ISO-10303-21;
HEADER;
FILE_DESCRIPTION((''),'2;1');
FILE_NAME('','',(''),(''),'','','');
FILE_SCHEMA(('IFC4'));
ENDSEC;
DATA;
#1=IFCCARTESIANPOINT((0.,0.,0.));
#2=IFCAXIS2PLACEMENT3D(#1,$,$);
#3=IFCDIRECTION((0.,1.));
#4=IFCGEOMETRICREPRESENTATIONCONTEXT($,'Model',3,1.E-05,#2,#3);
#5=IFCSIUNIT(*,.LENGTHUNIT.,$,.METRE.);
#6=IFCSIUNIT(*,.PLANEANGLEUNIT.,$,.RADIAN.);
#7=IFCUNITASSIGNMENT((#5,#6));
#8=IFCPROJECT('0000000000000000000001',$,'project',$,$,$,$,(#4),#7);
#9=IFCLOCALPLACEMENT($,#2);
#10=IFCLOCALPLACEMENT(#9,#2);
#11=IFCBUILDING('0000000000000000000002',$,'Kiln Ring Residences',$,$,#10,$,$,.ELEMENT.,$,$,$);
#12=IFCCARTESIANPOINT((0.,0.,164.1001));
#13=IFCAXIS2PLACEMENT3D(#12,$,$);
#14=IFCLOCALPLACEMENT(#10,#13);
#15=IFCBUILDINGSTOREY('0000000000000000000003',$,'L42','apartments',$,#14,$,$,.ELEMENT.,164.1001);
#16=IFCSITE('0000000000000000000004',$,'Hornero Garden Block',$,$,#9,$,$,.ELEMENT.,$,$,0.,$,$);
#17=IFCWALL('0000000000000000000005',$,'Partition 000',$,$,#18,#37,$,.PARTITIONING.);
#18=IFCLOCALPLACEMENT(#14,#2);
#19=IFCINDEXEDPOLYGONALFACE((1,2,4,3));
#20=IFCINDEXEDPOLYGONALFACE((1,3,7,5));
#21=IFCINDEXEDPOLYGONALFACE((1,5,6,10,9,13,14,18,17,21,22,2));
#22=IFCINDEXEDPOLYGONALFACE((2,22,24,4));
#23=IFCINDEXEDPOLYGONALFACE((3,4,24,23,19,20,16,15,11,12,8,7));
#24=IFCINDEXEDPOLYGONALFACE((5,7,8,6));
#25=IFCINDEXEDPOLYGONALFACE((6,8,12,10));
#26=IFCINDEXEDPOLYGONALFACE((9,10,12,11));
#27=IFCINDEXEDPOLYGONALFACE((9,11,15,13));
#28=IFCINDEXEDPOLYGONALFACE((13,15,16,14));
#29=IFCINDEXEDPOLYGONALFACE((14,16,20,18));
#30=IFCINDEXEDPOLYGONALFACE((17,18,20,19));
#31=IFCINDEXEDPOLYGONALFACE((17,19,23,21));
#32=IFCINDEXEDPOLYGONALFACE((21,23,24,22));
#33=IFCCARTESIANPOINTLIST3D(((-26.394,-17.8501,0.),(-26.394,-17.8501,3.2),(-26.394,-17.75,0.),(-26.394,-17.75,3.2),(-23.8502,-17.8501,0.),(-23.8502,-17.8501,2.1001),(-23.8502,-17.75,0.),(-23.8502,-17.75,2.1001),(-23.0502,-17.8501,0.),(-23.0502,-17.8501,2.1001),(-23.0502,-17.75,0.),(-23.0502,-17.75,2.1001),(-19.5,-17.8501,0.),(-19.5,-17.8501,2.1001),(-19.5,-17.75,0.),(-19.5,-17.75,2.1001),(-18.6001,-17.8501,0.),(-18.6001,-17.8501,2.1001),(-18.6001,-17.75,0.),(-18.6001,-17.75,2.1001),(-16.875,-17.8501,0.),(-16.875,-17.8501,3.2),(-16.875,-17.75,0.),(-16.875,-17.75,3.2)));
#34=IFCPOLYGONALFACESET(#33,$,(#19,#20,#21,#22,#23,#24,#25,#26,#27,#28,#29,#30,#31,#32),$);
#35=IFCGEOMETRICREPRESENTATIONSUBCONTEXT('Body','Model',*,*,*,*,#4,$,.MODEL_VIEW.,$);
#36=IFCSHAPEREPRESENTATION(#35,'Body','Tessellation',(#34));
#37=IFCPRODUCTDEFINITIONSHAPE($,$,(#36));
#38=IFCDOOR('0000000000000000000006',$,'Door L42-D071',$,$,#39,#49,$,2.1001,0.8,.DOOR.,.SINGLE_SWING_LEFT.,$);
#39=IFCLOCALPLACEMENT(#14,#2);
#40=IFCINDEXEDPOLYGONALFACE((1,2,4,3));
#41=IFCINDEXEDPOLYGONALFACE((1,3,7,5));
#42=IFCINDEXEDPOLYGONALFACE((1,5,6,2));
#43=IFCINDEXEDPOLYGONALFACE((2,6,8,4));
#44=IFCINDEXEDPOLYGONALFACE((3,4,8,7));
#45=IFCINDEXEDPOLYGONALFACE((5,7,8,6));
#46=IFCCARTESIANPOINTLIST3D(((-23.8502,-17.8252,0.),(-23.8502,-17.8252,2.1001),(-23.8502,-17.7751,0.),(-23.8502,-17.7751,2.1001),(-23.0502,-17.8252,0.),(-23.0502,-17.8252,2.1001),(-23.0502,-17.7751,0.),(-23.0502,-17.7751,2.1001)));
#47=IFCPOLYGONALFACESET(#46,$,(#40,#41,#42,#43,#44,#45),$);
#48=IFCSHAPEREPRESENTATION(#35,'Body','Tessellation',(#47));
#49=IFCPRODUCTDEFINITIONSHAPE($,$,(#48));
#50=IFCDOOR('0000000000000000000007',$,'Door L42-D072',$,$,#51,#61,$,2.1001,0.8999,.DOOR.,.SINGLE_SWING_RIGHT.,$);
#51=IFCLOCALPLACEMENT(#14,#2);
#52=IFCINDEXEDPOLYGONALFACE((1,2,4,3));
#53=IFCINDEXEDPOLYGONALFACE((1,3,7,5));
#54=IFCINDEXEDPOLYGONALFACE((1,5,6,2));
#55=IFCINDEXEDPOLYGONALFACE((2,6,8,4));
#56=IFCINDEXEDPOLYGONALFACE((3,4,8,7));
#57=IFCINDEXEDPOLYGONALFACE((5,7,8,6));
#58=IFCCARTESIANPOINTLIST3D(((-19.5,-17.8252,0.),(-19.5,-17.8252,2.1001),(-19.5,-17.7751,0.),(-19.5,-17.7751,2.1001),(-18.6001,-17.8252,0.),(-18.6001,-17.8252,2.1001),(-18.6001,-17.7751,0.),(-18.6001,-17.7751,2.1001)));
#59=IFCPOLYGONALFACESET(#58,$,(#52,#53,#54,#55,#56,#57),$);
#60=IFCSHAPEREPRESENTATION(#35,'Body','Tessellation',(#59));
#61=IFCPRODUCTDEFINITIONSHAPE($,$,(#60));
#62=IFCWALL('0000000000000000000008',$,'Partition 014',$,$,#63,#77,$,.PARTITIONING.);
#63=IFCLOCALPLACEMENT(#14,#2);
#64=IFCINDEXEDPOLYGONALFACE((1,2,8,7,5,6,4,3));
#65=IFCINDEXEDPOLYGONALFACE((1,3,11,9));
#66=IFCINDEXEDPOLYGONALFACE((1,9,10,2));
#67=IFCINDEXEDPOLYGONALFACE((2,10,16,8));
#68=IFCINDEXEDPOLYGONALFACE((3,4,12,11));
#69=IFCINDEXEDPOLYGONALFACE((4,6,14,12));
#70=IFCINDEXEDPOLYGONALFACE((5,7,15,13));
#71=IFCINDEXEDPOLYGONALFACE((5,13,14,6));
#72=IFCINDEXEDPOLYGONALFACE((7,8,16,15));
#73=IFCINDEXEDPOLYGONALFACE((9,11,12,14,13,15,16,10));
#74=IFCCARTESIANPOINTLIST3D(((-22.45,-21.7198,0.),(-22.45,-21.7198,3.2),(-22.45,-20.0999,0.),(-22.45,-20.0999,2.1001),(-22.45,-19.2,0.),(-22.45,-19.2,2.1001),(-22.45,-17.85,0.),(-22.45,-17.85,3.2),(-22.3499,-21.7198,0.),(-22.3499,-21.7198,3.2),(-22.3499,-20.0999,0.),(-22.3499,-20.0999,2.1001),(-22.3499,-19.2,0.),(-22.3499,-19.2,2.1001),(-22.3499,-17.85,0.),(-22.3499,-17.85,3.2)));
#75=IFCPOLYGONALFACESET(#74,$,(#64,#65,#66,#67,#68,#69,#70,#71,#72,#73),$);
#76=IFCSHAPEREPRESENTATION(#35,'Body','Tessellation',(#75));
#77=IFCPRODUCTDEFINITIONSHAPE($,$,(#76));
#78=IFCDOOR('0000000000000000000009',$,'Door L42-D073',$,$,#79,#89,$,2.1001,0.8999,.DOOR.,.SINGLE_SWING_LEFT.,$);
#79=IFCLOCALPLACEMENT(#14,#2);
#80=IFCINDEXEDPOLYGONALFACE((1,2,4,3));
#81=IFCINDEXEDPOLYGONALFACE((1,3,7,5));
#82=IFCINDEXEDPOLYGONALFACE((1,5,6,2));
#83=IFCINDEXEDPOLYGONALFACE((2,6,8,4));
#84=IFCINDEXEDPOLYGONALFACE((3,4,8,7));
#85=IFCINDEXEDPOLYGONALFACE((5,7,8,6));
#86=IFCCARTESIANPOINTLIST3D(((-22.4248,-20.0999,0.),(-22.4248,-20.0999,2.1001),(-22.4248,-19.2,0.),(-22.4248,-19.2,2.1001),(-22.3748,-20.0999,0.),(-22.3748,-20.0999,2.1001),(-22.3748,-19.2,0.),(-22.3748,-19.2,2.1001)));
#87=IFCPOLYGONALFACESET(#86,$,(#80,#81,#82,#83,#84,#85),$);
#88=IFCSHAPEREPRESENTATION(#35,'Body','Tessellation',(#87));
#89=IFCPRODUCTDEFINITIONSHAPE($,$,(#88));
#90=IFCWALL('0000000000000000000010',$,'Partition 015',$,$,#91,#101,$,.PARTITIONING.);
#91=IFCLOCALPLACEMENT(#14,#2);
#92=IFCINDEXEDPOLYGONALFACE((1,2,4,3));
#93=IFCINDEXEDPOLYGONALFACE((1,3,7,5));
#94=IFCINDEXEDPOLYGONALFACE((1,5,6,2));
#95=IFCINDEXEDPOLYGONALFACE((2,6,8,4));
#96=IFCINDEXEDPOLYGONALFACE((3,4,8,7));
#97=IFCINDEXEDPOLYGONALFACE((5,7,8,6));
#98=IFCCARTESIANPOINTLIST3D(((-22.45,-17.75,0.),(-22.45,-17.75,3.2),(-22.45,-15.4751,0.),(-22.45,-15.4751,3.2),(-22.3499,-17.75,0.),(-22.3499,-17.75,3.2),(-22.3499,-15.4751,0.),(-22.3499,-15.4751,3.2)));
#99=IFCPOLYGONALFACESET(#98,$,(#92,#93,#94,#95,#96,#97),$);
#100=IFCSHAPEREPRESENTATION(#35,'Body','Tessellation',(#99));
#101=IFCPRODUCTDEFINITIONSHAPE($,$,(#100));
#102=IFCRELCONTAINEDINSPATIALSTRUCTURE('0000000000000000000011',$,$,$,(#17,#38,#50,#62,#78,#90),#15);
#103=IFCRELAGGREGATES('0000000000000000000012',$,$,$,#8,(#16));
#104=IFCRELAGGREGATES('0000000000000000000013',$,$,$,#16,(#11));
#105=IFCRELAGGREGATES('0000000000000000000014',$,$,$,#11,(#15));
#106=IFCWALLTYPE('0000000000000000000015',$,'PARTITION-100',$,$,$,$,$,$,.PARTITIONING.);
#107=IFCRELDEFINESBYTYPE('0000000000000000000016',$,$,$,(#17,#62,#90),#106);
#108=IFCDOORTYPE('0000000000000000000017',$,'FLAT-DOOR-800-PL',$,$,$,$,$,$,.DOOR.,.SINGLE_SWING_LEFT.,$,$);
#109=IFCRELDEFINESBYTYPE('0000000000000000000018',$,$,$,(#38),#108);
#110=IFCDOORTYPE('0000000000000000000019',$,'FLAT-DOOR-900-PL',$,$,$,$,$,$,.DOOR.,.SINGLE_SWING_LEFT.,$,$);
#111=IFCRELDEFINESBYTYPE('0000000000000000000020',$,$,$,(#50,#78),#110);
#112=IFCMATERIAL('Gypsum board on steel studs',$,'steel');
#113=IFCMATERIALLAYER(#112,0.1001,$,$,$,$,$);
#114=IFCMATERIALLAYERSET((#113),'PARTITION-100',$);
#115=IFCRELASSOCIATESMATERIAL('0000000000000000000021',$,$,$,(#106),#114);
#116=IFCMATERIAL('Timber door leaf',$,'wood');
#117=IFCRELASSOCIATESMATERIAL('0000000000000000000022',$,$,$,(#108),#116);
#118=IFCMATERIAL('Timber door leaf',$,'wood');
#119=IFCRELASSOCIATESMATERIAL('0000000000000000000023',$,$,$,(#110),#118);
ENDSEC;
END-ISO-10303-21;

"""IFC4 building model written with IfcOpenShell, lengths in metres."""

from ifc_helpers import new_model, si_unit, direction, frame, frame_2d, origin, place, context, subcontext, project, spatial, rectangle, extrude, material, layer, layer_set, type_object, element, fill, save


model = new_model("IFC4")

# Units and contexts
model_context = context("Model", 3, precision=1e-05, world=origin(), true_north=direction((0.0, 1.0)))
body_context = subcontext(model_context, "Body", "Model", "MODEL_VIEW")
ifc_project = project(units=[si_unit("LENGTHUNIT", "METRE"), si_unit("PLANEANGLEUNIT", "RADIAN")], contexts=[model_context])

# Site, building, storey
site_placement = place(None, origin())
site = spatial("IfcSite", under=ifc_project, at=site_placement, Name="Hornero Garden Block", CompositionType="ELEMENT", RefElevation=0.0)
building_placement = place(site_placement, origin())
building = spatial("IfcBuilding", under=site, at=building_placement, Name="Kiln Ring Residences", CompositionType="ELEMENT")
storey_placement = place(building_placement, frame((0.0, 0.0, 164.1001)))
storey = spatial("IfcBuildingStorey", under=building, at=storey_placement, Name="L42", Description="apartments", CompositionType="ELEMENT", Elevation=164.1001)

# Wall, openings, doors
ifc_material_1 = material(Name="Gypsum board on steel studs", Category="steel")
ifc_layer_1 = layer(ifc_material_1, 0.1001)
ifc_layer_set_1 = layer_set([ifc_layer_1], Name="PARTITION-100")
wall_type_1 = type_object("IfcWallType", Name="PARTITION-100", PredefinedType="PARTITIONING", material=ifc_layer_set_1)
wall_1_placement = place(storey_placement, frame((-26.394, -17.8, 0.0), z_axis=(0.0, 0.0, 1.0), x_axis=(1.0, 0.0, 0.0)))
wall_1 = element("IfcWall", 1, at=wall_1_placement, inside=storey, type_object=wall_type_1, Name="Partition 000", PredefinedType="PARTITIONING", context=body_context, shape_type="SweptSolid", body=[
    extrude(rectangle(XDim=9.519, YDim=0.1001, at=frame_2d((4.7595, 0.0))), origin(), (0.0, 0.0, 1.0), 3.2),
])
opening_1_placement = place(wall_1_placement, frame((2.5439, 0.0, 0.0)))
opening_1 = element("IfcOpeningElement", 2, at=opening_1_placement, cuts=wall_1, PredefinedType="OPENING", context=body_context, shape_type="SweptSolid", body=[
    extrude(rectangle(XDim=0.8, YDim=2.1001, at=frame_2d((0.3999, 1.05))), frame((0.0, 0.0601, 0.0), z_axis=(0.0, -1.0, 0.0), x_axis=(1.0, 0.0, 0.0)), (0.0, 0.0, 1.0), 0.1201),
])
opening_2_placement = place(wall_1_placement, frame((6.894, 0.0, 0.0)))
opening_2 = element("IfcOpeningElement", 3, at=opening_2_placement, cuts=wall_1, PredefinedType="OPENING", context=body_context, shape_type="SweptSolid", body=[
    extrude(rectangle(XDim=0.8999, YDim=2.1001, at=frame_2d((0.45, 1.05))), frame((0.0, 0.0601, 0.0), z_axis=(0.0, -1.0, 0.0), x_axis=(1.0, 0.0, 0.0)), (0.0, 0.0, 1.0), 0.1201),
])
ifc_material_2 = material(Name="Timber door leaf", Category="wood")
door_type_1 = type_object("IfcDoorType", Name="FLAT-DOOR-800-PL", OperationType="SINGLE_SWING_LEFT", PredefinedType="DOOR", material=ifc_material_2)
door_1_placement = place(opening_1_placement, origin())
door_1 = element("IfcDoor", 4, at=door_1_placement, inside=storey, type_object=door_type_1, Name="Door L42-D071", OperationType="SINGLE_SWING_LEFT", OverallHeight=2.1001, OverallWidth=0.8, PredefinedType="DOOR", context=body_context, shape_type="SweptSolid", body=[
    extrude(rectangle(XDim=0.8, YDim=2.1001, at=frame_2d((0.3999, 1.05))), frame((0.0, 0.0249, 0.0), z_axis=(0.0, -1.0, 0.0), x_axis=(1.0, 0.0, 0.0)), (0.0, 0.0, 1.0), 0.05),
])
fill(opening_1, door_1)
ifc_material_3 = material(Name="Timber door leaf", Category="wood")
door_type_2 = type_object("IfcDoorType", Name="FLAT-DOOR-900-PL", OperationType="SINGLE_SWING_LEFT", PredefinedType="DOOR", material=ifc_material_3)
door_2_placement = place(opening_2_placement, origin())
door_2 = element("IfcDoor", 5, at=door_2_placement, inside=storey, type_object=door_type_2, Name="Door L42-D072", OperationType="SINGLE_SWING_RIGHT", OverallHeight=2.1001, OverallWidth=0.8999, PredefinedType="DOOR", context=body_context, shape_type="SweptSolid", body=[
    extrude(rectangle(XDim=0.8999, YDim=2.1001, at=frame_2d((0.45, 1.05))), frame((0.0, 0.0249, 0.0), z_axis=(0.0, -1.0, 0.0), x_axis=(1.0, 0.0, 0.0)), (0.0, 0.0, 1.0), 0.05),
])
fill(opening_2, door_2)

# Wall, opening, door
wall_2_placement = place(storey_placement, frame((-22.3999, -21.72, 0.0), z_axis=(0.0, 0.0, 1.0), x_axis=(0.0, 1.0, 0.0)))
wall_2 = element("IfcWall", 6, at=wall_2_placement, inside=storey, type_object=wall_type_1, Name="Partition 014", PredefinedType="PARTITIONING", context=body_context, shape_type="SweptSolid", body=[
    extrude(rectangle(XDim=3.8699, YDim=0.1001, at=frame_2d((1.9351, 0.0))), origin(), (0.0, 0.0, 1.0), 3.2),
])
opening_3_placement = place(wall_2_placement, frame((1.6201, 0.0, 0.0)))
opening_3 = element("IfcOpeningElement", 7, at=opening_3_placement, cuts=wall_2, PredefinedType="OPENING", context=body_context, shape_type="SweptSolid", body=[
    extrude(rectangle(XDim=0.8999, YDim=2.1001, at=frame_2d((0.45, 1.05))), frame((0.0, 0.0601, 0.0), z_axis=(0.0, -1.0, 0.0), x_axis=(1.0, 0.0, 0.0)), (0.0, 0.0, 1.0), 0.1201),
])
door_3_placement = place(opening_3_placement, origin())
door_3 = element("IfcDoor", 8, at=door_3_placement, inside=storey, type_object=door_type_2, Name="Door L42-D073", OperationType="SINGLE_SWING_LEFT", OverallHeight=2.1001, OverallWidth=0.8999, PredefinedType="DOOR", context=body_context, shape_type="SweptSolid", body=[
    extrude(rectangle(XDim=0.8999, YDim=2.1001, at=frame_2d((0.45, 1.05))), frame((0.0, 0.0249, 0.0), z_axis=(0.0, -1.0, 0.0), x_axis=(1.0, 0.0, 0.0)), (0.0, 0.0, 1.0), 0.05),
])
fill(opening_3, door_3)

# Wall
wall_3_placement = place(storey_placement, frame((-22.3999, -17.75, 0.0), z_axis=(0.0, 0.0, 1.0), x_axis=(0.0, 1.0, 0.0)))
element("IfcWall", 9, at=wall_3_placement, inside=storey, type_object=wall_type_1, Name="Partition 015", PredefinedType="PARTITIONING", context=body_context, shape_type="SweptSolid", body=[
    extrude(rectangle(XDim=2.2749, YDim=0.1001, at=frame_2d((1.1375, 0.0))), origin(), (0.0, 0.0, 1.0), 3.2),
])

save(model, "model.ifc")
